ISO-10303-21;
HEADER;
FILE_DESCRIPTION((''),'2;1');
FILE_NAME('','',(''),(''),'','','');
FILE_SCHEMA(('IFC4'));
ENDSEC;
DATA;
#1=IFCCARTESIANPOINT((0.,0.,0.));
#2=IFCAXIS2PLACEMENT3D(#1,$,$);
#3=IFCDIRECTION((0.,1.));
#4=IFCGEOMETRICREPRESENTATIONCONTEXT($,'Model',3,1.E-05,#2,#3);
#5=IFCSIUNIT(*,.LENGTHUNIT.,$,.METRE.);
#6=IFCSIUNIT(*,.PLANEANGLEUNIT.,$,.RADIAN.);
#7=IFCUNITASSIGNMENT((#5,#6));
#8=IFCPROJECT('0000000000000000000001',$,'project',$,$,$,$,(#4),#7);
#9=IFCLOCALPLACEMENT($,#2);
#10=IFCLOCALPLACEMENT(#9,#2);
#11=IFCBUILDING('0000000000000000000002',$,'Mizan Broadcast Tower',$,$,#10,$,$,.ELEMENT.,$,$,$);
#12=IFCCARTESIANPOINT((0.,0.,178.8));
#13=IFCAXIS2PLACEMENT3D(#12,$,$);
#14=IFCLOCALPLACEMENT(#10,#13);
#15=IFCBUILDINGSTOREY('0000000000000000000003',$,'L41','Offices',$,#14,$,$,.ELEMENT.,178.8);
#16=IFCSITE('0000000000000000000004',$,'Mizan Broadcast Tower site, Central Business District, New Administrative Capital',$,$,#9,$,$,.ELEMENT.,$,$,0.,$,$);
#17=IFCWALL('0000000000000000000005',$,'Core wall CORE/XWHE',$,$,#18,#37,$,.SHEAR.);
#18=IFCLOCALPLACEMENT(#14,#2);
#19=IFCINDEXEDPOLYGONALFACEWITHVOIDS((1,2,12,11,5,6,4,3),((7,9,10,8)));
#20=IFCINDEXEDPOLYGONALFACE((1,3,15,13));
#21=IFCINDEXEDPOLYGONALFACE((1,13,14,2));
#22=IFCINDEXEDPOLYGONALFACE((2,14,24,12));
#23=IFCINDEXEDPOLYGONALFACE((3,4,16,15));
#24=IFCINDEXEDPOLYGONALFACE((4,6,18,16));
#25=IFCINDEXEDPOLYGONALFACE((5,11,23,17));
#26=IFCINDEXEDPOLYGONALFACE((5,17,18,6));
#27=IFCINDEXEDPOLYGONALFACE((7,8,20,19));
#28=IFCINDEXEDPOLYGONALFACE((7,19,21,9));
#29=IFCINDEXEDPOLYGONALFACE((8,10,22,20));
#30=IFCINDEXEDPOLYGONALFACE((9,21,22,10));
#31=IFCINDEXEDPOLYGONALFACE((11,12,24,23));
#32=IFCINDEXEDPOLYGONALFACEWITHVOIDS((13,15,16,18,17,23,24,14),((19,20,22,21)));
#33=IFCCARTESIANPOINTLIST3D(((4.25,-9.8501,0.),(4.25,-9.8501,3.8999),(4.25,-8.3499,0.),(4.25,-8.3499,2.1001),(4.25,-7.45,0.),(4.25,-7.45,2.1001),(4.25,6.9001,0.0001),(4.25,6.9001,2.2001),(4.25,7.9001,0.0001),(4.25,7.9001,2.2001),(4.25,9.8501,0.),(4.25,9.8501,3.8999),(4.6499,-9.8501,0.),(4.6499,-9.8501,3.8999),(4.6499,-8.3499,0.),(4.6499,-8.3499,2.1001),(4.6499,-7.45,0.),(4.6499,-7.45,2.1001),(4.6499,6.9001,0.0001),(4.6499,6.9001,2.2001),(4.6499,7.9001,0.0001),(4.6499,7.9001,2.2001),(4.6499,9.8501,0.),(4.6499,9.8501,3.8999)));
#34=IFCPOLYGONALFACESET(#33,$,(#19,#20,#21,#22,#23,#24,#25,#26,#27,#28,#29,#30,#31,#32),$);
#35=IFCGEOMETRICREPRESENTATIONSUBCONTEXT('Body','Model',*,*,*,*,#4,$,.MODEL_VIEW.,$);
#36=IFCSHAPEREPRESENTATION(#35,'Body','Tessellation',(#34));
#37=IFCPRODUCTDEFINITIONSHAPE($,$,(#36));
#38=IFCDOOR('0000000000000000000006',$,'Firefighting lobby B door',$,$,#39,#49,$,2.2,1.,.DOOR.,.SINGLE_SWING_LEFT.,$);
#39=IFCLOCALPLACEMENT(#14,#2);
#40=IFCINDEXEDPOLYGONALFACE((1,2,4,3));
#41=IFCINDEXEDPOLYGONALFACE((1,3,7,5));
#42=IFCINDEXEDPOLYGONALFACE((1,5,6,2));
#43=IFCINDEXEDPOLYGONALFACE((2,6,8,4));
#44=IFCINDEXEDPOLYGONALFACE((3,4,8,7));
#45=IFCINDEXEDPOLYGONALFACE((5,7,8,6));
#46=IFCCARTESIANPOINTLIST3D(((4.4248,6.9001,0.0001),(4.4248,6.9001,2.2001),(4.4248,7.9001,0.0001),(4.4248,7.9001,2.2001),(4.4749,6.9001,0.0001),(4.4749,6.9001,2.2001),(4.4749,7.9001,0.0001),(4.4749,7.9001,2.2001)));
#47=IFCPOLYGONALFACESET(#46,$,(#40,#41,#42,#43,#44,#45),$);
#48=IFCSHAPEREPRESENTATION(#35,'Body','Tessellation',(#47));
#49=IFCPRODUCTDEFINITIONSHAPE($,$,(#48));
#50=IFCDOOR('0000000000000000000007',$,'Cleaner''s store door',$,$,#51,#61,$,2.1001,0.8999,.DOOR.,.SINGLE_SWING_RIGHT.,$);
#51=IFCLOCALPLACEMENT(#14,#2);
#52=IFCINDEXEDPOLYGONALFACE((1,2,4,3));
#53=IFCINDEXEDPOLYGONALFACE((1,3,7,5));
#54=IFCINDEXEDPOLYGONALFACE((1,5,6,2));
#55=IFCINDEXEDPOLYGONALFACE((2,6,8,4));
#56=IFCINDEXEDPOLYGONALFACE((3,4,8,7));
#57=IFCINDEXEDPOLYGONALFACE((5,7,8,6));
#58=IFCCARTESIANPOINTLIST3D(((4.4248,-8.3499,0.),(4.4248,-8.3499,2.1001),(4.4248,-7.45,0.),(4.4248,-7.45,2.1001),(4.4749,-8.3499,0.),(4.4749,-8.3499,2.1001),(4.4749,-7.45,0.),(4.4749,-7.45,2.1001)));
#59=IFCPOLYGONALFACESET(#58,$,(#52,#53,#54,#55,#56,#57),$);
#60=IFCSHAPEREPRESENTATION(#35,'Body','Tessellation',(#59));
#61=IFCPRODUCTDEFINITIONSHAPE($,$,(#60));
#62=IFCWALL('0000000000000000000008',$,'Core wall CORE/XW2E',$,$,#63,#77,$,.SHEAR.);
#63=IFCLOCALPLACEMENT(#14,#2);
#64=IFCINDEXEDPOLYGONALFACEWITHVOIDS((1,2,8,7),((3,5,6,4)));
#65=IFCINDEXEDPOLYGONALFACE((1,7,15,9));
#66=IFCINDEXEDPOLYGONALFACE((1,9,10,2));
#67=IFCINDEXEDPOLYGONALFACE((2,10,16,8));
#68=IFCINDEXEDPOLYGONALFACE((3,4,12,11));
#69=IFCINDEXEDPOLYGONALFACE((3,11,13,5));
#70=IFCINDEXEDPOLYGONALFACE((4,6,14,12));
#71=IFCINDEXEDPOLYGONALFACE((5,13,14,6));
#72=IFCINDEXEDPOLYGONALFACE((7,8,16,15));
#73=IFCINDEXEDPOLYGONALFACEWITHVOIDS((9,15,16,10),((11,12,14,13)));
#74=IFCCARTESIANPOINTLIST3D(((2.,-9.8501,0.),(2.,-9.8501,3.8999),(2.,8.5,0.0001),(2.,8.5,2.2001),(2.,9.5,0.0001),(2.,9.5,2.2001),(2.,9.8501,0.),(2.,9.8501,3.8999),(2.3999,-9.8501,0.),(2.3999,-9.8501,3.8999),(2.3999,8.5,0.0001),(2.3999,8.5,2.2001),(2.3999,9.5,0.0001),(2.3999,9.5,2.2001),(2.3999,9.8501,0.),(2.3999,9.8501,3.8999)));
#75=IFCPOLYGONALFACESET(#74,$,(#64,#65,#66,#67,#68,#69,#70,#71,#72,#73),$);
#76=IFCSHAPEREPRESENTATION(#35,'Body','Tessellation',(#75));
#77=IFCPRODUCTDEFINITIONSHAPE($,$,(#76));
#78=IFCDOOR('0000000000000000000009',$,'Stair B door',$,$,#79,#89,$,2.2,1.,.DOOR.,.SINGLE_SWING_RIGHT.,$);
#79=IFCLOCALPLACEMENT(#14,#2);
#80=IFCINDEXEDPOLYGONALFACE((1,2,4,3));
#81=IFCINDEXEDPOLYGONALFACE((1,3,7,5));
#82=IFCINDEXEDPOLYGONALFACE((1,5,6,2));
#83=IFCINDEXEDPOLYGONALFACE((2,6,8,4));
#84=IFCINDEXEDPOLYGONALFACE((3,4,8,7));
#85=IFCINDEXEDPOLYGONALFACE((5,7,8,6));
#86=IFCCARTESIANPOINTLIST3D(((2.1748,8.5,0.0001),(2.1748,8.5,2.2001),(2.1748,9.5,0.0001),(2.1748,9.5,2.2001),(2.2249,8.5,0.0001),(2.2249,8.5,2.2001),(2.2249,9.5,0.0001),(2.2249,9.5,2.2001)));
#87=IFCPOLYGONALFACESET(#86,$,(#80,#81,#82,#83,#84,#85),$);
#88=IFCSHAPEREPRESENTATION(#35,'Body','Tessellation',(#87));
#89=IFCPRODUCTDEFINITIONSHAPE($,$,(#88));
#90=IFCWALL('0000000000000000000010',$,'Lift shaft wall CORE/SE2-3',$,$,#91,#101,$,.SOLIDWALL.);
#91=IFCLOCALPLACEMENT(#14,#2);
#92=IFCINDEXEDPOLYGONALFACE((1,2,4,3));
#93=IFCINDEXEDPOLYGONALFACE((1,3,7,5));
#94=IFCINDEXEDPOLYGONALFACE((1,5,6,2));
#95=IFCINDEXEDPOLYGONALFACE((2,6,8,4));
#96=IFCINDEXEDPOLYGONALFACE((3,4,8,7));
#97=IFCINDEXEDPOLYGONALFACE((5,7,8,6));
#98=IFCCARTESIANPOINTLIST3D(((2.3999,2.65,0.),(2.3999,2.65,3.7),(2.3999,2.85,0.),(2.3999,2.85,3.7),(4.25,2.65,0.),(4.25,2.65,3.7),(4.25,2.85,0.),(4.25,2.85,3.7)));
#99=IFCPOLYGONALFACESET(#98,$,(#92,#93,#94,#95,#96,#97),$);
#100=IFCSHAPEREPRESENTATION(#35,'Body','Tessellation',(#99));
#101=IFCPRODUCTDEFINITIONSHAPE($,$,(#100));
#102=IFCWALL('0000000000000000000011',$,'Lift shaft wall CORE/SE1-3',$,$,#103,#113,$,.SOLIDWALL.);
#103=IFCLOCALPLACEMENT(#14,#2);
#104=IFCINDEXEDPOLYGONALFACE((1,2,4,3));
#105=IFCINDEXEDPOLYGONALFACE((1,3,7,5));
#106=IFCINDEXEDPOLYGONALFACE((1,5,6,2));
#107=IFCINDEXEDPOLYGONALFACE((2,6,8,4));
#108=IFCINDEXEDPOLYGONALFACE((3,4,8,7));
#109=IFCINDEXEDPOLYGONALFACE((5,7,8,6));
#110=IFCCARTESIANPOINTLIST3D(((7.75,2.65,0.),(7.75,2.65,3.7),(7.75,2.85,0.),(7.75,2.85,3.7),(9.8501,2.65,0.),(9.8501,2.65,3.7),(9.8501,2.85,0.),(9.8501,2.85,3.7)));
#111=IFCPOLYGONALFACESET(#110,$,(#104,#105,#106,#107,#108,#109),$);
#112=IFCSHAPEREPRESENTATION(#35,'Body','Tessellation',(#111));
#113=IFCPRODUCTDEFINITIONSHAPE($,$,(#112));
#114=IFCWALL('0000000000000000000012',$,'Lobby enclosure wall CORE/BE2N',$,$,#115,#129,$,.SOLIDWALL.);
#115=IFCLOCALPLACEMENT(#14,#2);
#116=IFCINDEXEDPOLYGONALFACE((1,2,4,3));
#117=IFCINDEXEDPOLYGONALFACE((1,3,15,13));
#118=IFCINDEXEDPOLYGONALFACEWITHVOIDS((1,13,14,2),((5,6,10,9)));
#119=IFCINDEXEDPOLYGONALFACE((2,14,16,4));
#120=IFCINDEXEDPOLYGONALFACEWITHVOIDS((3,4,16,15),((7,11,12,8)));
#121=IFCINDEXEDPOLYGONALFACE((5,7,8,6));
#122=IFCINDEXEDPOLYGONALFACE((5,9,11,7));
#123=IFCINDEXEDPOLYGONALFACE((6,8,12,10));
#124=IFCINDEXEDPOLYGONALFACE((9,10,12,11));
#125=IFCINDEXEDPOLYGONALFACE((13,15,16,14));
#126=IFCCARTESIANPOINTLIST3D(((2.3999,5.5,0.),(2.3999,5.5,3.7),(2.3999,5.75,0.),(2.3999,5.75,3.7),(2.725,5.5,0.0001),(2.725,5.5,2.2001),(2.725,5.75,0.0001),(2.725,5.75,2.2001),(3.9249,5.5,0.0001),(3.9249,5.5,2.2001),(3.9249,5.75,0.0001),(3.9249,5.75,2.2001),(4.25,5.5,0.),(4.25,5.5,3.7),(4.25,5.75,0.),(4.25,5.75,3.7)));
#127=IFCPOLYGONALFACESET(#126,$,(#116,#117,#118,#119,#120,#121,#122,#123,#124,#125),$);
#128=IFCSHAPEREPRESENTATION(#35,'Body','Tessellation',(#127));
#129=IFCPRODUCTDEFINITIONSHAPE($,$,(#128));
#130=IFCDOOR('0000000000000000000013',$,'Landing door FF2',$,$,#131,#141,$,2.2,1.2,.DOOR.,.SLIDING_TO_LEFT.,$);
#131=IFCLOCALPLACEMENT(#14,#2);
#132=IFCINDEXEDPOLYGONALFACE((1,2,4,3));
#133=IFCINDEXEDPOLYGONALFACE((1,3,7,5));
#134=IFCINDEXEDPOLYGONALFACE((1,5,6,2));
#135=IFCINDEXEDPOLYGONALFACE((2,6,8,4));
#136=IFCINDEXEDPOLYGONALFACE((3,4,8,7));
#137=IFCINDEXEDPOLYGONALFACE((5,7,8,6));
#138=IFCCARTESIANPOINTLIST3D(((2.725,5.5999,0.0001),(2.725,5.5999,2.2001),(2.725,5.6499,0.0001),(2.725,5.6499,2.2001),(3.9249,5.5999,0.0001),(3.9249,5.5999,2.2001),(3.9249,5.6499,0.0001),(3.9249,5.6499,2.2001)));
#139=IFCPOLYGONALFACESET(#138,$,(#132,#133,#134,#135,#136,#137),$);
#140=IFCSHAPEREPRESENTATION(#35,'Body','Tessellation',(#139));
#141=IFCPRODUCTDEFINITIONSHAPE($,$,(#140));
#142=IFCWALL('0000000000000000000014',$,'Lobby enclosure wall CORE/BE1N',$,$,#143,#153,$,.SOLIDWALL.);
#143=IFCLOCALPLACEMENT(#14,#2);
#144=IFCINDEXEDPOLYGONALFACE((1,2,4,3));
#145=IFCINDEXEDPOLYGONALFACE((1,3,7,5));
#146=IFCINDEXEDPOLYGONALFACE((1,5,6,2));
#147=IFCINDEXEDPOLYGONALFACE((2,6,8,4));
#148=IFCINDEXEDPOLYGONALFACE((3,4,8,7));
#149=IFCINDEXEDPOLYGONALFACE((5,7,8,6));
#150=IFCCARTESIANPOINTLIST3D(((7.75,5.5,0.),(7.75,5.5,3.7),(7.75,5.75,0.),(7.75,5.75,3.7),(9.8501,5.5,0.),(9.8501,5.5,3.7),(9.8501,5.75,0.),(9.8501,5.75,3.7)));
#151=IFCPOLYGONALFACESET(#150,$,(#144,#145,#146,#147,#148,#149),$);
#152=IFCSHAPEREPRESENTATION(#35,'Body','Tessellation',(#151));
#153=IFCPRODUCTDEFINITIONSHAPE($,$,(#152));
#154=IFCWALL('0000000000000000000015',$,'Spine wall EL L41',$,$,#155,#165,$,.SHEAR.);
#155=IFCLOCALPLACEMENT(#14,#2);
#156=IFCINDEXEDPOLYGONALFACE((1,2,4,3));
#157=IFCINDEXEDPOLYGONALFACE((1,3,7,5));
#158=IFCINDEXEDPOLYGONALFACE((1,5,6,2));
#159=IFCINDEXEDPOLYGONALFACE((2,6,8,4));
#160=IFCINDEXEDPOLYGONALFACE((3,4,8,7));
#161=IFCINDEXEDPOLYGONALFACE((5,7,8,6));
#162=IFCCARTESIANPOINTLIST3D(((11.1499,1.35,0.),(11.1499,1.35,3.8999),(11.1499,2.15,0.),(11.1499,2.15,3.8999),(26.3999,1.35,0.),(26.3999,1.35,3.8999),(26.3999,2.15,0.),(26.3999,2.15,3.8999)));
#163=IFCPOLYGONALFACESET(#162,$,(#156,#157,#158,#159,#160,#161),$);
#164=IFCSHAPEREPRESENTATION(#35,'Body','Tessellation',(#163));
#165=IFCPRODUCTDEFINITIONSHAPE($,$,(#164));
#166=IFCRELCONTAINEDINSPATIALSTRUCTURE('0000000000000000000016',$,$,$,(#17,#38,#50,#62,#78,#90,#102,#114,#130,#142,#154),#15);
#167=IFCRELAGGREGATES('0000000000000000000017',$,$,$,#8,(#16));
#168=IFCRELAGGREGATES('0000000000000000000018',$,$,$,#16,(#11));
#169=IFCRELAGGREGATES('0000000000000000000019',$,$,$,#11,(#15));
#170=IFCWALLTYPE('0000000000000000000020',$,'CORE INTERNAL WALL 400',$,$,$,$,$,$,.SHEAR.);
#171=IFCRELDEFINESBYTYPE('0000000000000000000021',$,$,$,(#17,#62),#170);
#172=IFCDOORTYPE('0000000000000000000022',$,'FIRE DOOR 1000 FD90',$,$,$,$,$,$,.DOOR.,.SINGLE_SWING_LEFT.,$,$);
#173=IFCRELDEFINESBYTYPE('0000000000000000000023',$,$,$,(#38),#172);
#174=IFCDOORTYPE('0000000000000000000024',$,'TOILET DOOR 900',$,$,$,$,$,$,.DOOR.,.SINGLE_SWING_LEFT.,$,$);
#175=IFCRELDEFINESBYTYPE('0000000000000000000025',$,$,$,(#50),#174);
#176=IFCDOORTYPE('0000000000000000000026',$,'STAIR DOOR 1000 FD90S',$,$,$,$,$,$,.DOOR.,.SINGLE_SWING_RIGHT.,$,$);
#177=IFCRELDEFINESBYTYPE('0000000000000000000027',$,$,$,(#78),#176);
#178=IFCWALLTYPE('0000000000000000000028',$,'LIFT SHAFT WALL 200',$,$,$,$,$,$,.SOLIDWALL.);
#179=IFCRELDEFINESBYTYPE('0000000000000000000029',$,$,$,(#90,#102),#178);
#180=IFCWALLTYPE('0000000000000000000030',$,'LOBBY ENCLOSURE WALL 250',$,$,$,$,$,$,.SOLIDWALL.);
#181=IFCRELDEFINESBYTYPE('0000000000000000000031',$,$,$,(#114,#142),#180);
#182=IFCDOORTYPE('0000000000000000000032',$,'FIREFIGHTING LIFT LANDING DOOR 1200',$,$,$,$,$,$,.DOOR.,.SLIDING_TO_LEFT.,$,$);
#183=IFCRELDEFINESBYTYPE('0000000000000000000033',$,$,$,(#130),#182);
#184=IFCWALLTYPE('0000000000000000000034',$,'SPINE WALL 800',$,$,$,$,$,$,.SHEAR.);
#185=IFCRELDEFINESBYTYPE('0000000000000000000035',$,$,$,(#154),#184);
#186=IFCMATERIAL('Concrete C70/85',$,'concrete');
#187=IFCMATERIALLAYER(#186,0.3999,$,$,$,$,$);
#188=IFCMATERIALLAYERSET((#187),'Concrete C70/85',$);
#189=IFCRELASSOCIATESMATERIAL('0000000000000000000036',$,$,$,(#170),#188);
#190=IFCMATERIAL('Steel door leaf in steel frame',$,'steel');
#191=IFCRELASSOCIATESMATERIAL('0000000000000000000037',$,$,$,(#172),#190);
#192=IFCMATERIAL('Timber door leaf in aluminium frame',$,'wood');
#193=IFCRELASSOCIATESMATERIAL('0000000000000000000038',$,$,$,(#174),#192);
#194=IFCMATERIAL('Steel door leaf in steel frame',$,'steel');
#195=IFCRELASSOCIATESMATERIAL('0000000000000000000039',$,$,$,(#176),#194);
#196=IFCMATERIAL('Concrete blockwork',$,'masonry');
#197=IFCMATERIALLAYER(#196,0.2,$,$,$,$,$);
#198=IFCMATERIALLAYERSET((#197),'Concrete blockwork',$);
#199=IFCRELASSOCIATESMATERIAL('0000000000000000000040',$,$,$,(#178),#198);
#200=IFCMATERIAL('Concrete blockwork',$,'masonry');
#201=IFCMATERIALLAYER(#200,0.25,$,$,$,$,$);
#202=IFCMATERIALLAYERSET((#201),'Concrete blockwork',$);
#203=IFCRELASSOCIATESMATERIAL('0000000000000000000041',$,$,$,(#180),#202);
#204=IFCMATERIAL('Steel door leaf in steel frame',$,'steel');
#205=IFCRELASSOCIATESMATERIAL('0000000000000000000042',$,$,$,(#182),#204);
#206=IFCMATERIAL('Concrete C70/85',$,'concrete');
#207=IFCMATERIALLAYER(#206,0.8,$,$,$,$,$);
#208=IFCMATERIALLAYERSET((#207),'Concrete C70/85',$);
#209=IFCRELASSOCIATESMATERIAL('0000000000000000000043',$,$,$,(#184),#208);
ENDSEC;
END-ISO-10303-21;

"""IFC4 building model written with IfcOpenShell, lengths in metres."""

from ifc_helpers import new_model, si_unit, direction, frame, frame_2d, origin, place, context, subcontext, project, spatial, rectangle, extrude, material, layer, layer_set, type_object, element, fill, save


model = new_model("IFC4")

# Units and contexts
model_context = context("Model", 3, precision=1e-05, world=origin(), true_north=direction((0.0, 1.0)))
body_context = subcontext(model_context, "Body", "Model", "MODEL_VIEW")
ifc_project = project(units=[si_unit("LENGTHUNIT", "METRE"), si_unit("PLANEANGLEUNIT", "RADIAN")], contexts=[model_context])

# Site, building, storey
site_placement = place(None, origin())
site = spatial("IfcSite", under=ifc_project, at=site_placement, Name="Mizan Broadcast Tower site, Central Business District, New Administrative Capital", CompositionType="ELEMENT", RefElevation=0.0)
building_placement = place(site_placement, origin())
building = spatial("IfcBuilding", under=site, at=building_placement, Name="Mizan Broadcast Tower", CompositionType="ELEMENT")
storey_placement = place(building_placement, frame((0.0, 0.0, 178.8)))
storey = spatial("IfcBuildingStorey", under=building, at=storey_placement, Name="L41", Description="Offices", CompositionType="ELEMENT", Elevation=178.8)

# Wall, openings, doors
ifc_material_1 = material(Name="Concrete C70/85", Category="concrete")
ifc_layer_1 = layer(ifc_material_1, 0.3999)
ifc_layer_set_1 = layer_set([ifc_layer_1], Name="Concrete C70/85")
wall_type_1 = type_object("IfcWallType", Name="CORE INTERNAL WALL 400", PredefinedType="SHEAR", material=ifc_layer_set_1)
wall_1_placement = place(storey_placement, frame((4.45, 9.8501, 0.0), z_axis=(0.0, 0.0, 1.0), x_axis=(0.0, -1.0, 0.0)))
wall_1 = element("IfcWall", 1, at=wall_1_placement, inside=storey, type_object=wall_type_1, Name="Core wall CORE/XWHE", PredefinedType="SHEAR", context=body_context, shape_type="SweptSolid", body=[
    extrude(rectangle(XDim=19.7002, YDim=0.3999, at=frame_2d((9.8501, 0.0))), origin(), (0.0, 0.0, 1.0), 3.8999),
])
opening_1_placement = place(wall_1_placement, frame((1.95, 0.0, 0.0)))
opening_1 = element("IfcOpeningElement", 2, at=opening_1_placement, cuts=wall_1, PredefinedType="OPENING", context=body_context, shape_type="SweptSolid", body=[
    extrude(rectangle(XDim=1.0, YDim=2.2, at=frame_2d((0.5, 1.1001))), frame((0.0, 0.21, 0.0), z_axis=(0.0, -1.0, 0.0), x_axis=(1.0, 0.0, 0.0)), (0.0, 0.0, 1.0), 0.4199),
])
opening_2_placement = place(wall_1_placement, frame((17.3, 0.0, 0.0)))
opening_2 = element("IfcOpeningElement", 3, at=opening_2_placement, cuts=wall_1, PredefinedType="OPENING", context=body_context, shape_type="SweptSolid", body=[
    extrude(rectangle(XDim=0.8999, YDim=2.1001, at=frame_2d((0.45, 1.05))), frame((0.0, 0.21, 0.0), z_axis=(0.0, -1.0, 0.0), x_axis=(1.0, 0.0, 0.0)), (0.0, 0.0, 1.0), 0.4199),
])
ifc_material_2 = material(Name="Steel door leaf in steel frame", Category="steel")
door_type_1 = type_object("IfcDoorType", Name="FIRE DOOR 1000 FD90", OperationType="SINGLE_SWING_LEFT", PredefinedType="DOOR", material=ifc_material_2)
door_1_placement = place(opening_1_placement, origin())
door_1 = element("IfcDoor", 4, at=door_1_placement, inside=storey, type_object=door_type_1, Name="Firefighting lobby B door", OperationType="SINGLE_SWING_LEFT", OverallHeight=2.2, OverallWidth=1.0, PredefinedType="DOOR", context=body_context, shape_type="SweptSolid", body=[
    extrude(rectangle(XDim=1.0, YDim=2.2, at=frame_2d((0.5, 1.1001))), frame((0.0, 0.0249, 0.0), z_axis=(0.0, -1.0, 0.0), x_axis=(1.0, 0.0, 0.0)), (0.0, 0.0, 1.0), 0.05),
])
fill(opening_1, door_1)
ifc_material_3 = material(Name="Timber door leaf in aluminium frame", Category="wood")
door_type_2 = type_object("IfcDoorType", Name="TOILET DOOR 900", OperationType="SINGLE_SWING_LEFT", PredefinedType="DOOR", material=ifc_material_3)
door_2_placement = place(opening_2_placement, origin())
door_2 = element("IfcDoor", 5, at=door_2_placement, inside=storey, type_object=door_type_2, Name="Cleaner's store door", OperationType="SINGLE_SWING_RIGHT", OverallHeight=2.1001, OverallWidth=0.8999, PredefinedType="DOOR", context=body_context, shape_type="SweptSolid", body=[
    extrude(rectangle(XDim=0.8999, YDim=2.1001, at=frame_2d((0.45, 1.05))), frame((0.0, 0.0249, 0.0), z_axis=(0.0, -1.0, 0.0), x_axis=(1.0, 0.0, 0.0)), (0.0, 0.0, 1.0), 0.05),
])
fill(opening_2, door_2)

# Wall, opening, door
wall_2_placement = place(storey_placement, frame((2.2, 9.8501, 0.0), z_axis=(0.0, 0.0, 1.0), x_axis=(0.0, -1.0, 0.0)))
wall_2 = element("IfcWall", 6, at=wall_2_placement, inside=storey, type_object=wall_type_1, Name="Core wall CORE/XW2E", PredefinedType="SHEAR", context=body_context, shape_type="SweptSolid", body=[
    extrude(rectangle(XDim=19.7002, YDim=0.3999, at=frame_2d((9.8501, 0.0))), origin(), (0.0, 0.0, 1.0), 3.8999),
])
opening_3_placement = place(wall_2_placement, frame((0.3501, 0.0, 0.0)))
opening_3 = element("IfcOpeningElement", 7, at=opening_3_placement, cuts=wall_2, PredefinedType="OPENING", context=body_context, shape_type="SweptSolid", body=[
    extrude(rectangle(XDim=1.0, YDim=2.2, at=frame_2d((0.5, 1.1001))), frame((0.0, 0.21, 0.0), z_axis=(0.0, -1.0, 0.0), x_axis=(1.0, 0.0, 0.0)), (0.0, 0.0, 1.0), 0.4199),
])
ifc_material_4 = material(Name="Steel door leaf in steel frame", Category="steel")
door_type_3 = type_object("IfcDoorType", Name="STAIR DOOR 1000 FD90S", OperationType="SINGLE_SWING_RIGHT", PredefinedType="DOOR", material=ifc_material_4)
door_3_placement = place(opening_3_placement, origin())
door_3 = element("IfcDoor", 8, at=door_3_placement, inside=storey, type_object=door_type_3, Name="Stair B door", OperationType="SINGLE_SWING_RIGHT", OverallHeight=2.2, OverallWidth=1.0, PredefinedType="DOOR", context=body_context, shape_type="SweptSolid", body=[
    extrude(rectangle(XDim=1.0, YDim=2.2, at=frame_2d((0.5, 1.1001))), frame((0.0, 0.0249, 0.0), z_axis=(0.0, -1.0, 0.0), x_axis=(1.0, 0.0, 0.0)), (0.0, 0.0, 1.0), 0.05),
])
fill(opening_3, door_3)

# Walls
ifc_material_5 = material(Name="Concrete blockwork", Category="masonry")
ifc_layer_2 = layer(ifc_material_5, 0.2)
ifc_layer_set_2 = layer_set([ifc_layer_2], Name="Concrete blockwork")
wall_type_2 = type_object("IfcWallType", Name="LIFT SHAFT WALL 200", PredefinedType="SOLIDWALL", material=ifc_layer_set_2)
wall_3_placement = place(storey_placement, frame((2.3999, 2.75, 0.0), z_axis=(0.0, 0.0, 1.0), x_axis=(1.0, 0.0, 0.0)))
element("IfcWall", 9, at=wall_3_placement, inside=storey, type_object=wall_type_2, Name="Lift shaft wall CORE/SE2-3", PredefinedType="SOLIDWALL", context=body_context, shape_type="SweptSolid", body=[
    extrude(rectangle(XDim=1.8501, YDim=0.2, at=frame_2d((0.925, 0.0))), origin(), (0.0, 0.0, 1.0), 3.7),
])
wall_4_placement = place(storey_placement, frame((7.75, 2.75, 0.0), z_axis=(0.0, 0.0, 1.0), x_axis=(1.0, 0.0, 0.0)))
element("IfcWall", 10, at=wall_4_placement, inside=storey, type_object=wall_type_2, Name="Lift shaft wall CORE/SE1-3", PredefinedType="SOLIDWALL", context=body_context, shape_type="SweptSolid", body=[
    extrude(rectangle(XDim=2.1001, YDim=0.2, at=frame_2d((1.05, 0.0))), origin(), (0.0, 0.0, 1.0), 3.7),
])

# Wall, opening, door
ifc_material_6 = material(Name="Concrete blockwork", Category="masonry")
ifc_layer_3 = layer(ifc_material_6, 0.25)
ifc_layer_set_3 = layer_set([ifc_layer_3], Name="Concrete blockwork")
wall_type_3 = type_object("IfcWallType", Name="LOBBY ENCLOSURE WALL 250", PredefinedType="SOLIDWALL", material=ifc_layer_set_3)
wall_5_placement = place(storey_placement, frame((2.3999, 5.625, 0.0), z_axis=(0.0, 0.0, 1.0), x_axis=(1.0, 0.0, 0.0)))
wall_5 = element("IfcWall", 11, at=wall_5_placement, inside=storey, type_object=wall_type_3, Name="Lobby enclosure wall CORE/BE2N", PredefinedType="SOLIDWALL", context=body_context, shape_type="SweptSolid", body=[
    extrude(rectangle(XDim=1.8501, YDim=0.25, at=frame_2d((0.925, 0.0))), origin(), (0.0, 0.0, 1.0), 3.7),
])
opening_4_placement = place(wall_5_placement, frame((0.325, 0.0, 0.0)))
opening_4 = element("IfcOpeningElement", 12, at=opening_4_placement, cuts=wall_5, PredefinedType="OPENING", context=body_context, shape_type="SweptSolid", body=[
    extrude(rectangle(XDim=1.2, YDim=2.2, at=frame_2d((0.6001, 1.1001))), frame((0.0, 0.135, 0.0), z_axis=(0.0, -1.0, 0.0), x_axis=(1.0, 0.0, 0.0)), (0.0, 0.0, 1.0), 0.27),
])
ifc_material_7 = material(Name="Steel door leaf in steel frame", Category="steel")
door_type_4 = type_object("IfcDoorType", Name="FIREFIGHTING LIFT LANDING DOOR 1200", OperationType="SLIDING_TO_LEFT", PredefinedType="DOOR", material=ifc_material_7)
door_4_placement = place(opening_4_placement, origin())
door_4 = element("IfcDoor", 13, at=door_4_placement, inside=storey, type_object=door_type_4, Name="Landing door FF2", OperationType="SLIDING_TO_LEFT", OverallHeight=2.2, OverallWidth=1.2, PredefinedType="DOOR", context=body_context, shape_type="SweptSolid", body=[
    extrude(rectangle(XDim=1.2, YDim=2.2, at=frame_2d((0.6001, 1.1001))), frame((0.0, 0.0249, 0.0), z_axis=(0.0, -1.0, 0.0), x_axis=(1.0, 0.0, 0.0)), (0.0, 0.0, 1.0), 0.05),
])
fill(opening_4, door_4)

# Walls
wall_6_placement = place(storey_placement, frame((7.75, 5.625, 0.0), z_axis=(0.0, 0.0, 1.0), x_axis=(1.0, 0.0, 0.0)))
element("IfcWall", 14, at=wall_6_placement, inside=storey, type_object=wall_type_3, Name="Lobby enclosure wall CORE/BE1N", PredefinedType="SOLIDWALL", context=body_context, shape_type="SweptSolid", body=[
    extrude(rectangle(XDim=2.1001, YDim=0.25, at=frame_2d((1.05, 0.0))), origin(), (0.0, 0.0, 1.0), 3.7),
])
ifc_material_8 = material(Name="Concrete C70/85", Category="concrete")
ifc_layer_4 = layer(ifc_material_8, 0.8)
ifc_layer_set_4 = layer_set([ifc_layer_4], Name="Concrete C70/85")
wall_type_4 = type_object("IfcWallType", Name="SPINE WALL 800", PredefinedType="SHEAR", material=ifc_layer_set_4)
wall_7_placement = place(storey_placement, frame((11.1499, 1.75, 0.0), z_axis=(0.0, 0.0, 1.0), x_axis=(1.0, 0.0, 0.0)))
element("IfcWall", 15, at=wall_7_placement, inside=storey, type_object=wall_type_4, Name="Spine wall EL L41", PredefinedType="SHEAR", context=body_context, shape_type="SweptSolid", body=[
    extrude(rectangle(XDim=15.25, YDim=0.8, at=frame_2d((7.625, 0.0))), origin(), (0.0, 0.0, 1.0), 3.8999),
])

save(model, "model.ifc")
